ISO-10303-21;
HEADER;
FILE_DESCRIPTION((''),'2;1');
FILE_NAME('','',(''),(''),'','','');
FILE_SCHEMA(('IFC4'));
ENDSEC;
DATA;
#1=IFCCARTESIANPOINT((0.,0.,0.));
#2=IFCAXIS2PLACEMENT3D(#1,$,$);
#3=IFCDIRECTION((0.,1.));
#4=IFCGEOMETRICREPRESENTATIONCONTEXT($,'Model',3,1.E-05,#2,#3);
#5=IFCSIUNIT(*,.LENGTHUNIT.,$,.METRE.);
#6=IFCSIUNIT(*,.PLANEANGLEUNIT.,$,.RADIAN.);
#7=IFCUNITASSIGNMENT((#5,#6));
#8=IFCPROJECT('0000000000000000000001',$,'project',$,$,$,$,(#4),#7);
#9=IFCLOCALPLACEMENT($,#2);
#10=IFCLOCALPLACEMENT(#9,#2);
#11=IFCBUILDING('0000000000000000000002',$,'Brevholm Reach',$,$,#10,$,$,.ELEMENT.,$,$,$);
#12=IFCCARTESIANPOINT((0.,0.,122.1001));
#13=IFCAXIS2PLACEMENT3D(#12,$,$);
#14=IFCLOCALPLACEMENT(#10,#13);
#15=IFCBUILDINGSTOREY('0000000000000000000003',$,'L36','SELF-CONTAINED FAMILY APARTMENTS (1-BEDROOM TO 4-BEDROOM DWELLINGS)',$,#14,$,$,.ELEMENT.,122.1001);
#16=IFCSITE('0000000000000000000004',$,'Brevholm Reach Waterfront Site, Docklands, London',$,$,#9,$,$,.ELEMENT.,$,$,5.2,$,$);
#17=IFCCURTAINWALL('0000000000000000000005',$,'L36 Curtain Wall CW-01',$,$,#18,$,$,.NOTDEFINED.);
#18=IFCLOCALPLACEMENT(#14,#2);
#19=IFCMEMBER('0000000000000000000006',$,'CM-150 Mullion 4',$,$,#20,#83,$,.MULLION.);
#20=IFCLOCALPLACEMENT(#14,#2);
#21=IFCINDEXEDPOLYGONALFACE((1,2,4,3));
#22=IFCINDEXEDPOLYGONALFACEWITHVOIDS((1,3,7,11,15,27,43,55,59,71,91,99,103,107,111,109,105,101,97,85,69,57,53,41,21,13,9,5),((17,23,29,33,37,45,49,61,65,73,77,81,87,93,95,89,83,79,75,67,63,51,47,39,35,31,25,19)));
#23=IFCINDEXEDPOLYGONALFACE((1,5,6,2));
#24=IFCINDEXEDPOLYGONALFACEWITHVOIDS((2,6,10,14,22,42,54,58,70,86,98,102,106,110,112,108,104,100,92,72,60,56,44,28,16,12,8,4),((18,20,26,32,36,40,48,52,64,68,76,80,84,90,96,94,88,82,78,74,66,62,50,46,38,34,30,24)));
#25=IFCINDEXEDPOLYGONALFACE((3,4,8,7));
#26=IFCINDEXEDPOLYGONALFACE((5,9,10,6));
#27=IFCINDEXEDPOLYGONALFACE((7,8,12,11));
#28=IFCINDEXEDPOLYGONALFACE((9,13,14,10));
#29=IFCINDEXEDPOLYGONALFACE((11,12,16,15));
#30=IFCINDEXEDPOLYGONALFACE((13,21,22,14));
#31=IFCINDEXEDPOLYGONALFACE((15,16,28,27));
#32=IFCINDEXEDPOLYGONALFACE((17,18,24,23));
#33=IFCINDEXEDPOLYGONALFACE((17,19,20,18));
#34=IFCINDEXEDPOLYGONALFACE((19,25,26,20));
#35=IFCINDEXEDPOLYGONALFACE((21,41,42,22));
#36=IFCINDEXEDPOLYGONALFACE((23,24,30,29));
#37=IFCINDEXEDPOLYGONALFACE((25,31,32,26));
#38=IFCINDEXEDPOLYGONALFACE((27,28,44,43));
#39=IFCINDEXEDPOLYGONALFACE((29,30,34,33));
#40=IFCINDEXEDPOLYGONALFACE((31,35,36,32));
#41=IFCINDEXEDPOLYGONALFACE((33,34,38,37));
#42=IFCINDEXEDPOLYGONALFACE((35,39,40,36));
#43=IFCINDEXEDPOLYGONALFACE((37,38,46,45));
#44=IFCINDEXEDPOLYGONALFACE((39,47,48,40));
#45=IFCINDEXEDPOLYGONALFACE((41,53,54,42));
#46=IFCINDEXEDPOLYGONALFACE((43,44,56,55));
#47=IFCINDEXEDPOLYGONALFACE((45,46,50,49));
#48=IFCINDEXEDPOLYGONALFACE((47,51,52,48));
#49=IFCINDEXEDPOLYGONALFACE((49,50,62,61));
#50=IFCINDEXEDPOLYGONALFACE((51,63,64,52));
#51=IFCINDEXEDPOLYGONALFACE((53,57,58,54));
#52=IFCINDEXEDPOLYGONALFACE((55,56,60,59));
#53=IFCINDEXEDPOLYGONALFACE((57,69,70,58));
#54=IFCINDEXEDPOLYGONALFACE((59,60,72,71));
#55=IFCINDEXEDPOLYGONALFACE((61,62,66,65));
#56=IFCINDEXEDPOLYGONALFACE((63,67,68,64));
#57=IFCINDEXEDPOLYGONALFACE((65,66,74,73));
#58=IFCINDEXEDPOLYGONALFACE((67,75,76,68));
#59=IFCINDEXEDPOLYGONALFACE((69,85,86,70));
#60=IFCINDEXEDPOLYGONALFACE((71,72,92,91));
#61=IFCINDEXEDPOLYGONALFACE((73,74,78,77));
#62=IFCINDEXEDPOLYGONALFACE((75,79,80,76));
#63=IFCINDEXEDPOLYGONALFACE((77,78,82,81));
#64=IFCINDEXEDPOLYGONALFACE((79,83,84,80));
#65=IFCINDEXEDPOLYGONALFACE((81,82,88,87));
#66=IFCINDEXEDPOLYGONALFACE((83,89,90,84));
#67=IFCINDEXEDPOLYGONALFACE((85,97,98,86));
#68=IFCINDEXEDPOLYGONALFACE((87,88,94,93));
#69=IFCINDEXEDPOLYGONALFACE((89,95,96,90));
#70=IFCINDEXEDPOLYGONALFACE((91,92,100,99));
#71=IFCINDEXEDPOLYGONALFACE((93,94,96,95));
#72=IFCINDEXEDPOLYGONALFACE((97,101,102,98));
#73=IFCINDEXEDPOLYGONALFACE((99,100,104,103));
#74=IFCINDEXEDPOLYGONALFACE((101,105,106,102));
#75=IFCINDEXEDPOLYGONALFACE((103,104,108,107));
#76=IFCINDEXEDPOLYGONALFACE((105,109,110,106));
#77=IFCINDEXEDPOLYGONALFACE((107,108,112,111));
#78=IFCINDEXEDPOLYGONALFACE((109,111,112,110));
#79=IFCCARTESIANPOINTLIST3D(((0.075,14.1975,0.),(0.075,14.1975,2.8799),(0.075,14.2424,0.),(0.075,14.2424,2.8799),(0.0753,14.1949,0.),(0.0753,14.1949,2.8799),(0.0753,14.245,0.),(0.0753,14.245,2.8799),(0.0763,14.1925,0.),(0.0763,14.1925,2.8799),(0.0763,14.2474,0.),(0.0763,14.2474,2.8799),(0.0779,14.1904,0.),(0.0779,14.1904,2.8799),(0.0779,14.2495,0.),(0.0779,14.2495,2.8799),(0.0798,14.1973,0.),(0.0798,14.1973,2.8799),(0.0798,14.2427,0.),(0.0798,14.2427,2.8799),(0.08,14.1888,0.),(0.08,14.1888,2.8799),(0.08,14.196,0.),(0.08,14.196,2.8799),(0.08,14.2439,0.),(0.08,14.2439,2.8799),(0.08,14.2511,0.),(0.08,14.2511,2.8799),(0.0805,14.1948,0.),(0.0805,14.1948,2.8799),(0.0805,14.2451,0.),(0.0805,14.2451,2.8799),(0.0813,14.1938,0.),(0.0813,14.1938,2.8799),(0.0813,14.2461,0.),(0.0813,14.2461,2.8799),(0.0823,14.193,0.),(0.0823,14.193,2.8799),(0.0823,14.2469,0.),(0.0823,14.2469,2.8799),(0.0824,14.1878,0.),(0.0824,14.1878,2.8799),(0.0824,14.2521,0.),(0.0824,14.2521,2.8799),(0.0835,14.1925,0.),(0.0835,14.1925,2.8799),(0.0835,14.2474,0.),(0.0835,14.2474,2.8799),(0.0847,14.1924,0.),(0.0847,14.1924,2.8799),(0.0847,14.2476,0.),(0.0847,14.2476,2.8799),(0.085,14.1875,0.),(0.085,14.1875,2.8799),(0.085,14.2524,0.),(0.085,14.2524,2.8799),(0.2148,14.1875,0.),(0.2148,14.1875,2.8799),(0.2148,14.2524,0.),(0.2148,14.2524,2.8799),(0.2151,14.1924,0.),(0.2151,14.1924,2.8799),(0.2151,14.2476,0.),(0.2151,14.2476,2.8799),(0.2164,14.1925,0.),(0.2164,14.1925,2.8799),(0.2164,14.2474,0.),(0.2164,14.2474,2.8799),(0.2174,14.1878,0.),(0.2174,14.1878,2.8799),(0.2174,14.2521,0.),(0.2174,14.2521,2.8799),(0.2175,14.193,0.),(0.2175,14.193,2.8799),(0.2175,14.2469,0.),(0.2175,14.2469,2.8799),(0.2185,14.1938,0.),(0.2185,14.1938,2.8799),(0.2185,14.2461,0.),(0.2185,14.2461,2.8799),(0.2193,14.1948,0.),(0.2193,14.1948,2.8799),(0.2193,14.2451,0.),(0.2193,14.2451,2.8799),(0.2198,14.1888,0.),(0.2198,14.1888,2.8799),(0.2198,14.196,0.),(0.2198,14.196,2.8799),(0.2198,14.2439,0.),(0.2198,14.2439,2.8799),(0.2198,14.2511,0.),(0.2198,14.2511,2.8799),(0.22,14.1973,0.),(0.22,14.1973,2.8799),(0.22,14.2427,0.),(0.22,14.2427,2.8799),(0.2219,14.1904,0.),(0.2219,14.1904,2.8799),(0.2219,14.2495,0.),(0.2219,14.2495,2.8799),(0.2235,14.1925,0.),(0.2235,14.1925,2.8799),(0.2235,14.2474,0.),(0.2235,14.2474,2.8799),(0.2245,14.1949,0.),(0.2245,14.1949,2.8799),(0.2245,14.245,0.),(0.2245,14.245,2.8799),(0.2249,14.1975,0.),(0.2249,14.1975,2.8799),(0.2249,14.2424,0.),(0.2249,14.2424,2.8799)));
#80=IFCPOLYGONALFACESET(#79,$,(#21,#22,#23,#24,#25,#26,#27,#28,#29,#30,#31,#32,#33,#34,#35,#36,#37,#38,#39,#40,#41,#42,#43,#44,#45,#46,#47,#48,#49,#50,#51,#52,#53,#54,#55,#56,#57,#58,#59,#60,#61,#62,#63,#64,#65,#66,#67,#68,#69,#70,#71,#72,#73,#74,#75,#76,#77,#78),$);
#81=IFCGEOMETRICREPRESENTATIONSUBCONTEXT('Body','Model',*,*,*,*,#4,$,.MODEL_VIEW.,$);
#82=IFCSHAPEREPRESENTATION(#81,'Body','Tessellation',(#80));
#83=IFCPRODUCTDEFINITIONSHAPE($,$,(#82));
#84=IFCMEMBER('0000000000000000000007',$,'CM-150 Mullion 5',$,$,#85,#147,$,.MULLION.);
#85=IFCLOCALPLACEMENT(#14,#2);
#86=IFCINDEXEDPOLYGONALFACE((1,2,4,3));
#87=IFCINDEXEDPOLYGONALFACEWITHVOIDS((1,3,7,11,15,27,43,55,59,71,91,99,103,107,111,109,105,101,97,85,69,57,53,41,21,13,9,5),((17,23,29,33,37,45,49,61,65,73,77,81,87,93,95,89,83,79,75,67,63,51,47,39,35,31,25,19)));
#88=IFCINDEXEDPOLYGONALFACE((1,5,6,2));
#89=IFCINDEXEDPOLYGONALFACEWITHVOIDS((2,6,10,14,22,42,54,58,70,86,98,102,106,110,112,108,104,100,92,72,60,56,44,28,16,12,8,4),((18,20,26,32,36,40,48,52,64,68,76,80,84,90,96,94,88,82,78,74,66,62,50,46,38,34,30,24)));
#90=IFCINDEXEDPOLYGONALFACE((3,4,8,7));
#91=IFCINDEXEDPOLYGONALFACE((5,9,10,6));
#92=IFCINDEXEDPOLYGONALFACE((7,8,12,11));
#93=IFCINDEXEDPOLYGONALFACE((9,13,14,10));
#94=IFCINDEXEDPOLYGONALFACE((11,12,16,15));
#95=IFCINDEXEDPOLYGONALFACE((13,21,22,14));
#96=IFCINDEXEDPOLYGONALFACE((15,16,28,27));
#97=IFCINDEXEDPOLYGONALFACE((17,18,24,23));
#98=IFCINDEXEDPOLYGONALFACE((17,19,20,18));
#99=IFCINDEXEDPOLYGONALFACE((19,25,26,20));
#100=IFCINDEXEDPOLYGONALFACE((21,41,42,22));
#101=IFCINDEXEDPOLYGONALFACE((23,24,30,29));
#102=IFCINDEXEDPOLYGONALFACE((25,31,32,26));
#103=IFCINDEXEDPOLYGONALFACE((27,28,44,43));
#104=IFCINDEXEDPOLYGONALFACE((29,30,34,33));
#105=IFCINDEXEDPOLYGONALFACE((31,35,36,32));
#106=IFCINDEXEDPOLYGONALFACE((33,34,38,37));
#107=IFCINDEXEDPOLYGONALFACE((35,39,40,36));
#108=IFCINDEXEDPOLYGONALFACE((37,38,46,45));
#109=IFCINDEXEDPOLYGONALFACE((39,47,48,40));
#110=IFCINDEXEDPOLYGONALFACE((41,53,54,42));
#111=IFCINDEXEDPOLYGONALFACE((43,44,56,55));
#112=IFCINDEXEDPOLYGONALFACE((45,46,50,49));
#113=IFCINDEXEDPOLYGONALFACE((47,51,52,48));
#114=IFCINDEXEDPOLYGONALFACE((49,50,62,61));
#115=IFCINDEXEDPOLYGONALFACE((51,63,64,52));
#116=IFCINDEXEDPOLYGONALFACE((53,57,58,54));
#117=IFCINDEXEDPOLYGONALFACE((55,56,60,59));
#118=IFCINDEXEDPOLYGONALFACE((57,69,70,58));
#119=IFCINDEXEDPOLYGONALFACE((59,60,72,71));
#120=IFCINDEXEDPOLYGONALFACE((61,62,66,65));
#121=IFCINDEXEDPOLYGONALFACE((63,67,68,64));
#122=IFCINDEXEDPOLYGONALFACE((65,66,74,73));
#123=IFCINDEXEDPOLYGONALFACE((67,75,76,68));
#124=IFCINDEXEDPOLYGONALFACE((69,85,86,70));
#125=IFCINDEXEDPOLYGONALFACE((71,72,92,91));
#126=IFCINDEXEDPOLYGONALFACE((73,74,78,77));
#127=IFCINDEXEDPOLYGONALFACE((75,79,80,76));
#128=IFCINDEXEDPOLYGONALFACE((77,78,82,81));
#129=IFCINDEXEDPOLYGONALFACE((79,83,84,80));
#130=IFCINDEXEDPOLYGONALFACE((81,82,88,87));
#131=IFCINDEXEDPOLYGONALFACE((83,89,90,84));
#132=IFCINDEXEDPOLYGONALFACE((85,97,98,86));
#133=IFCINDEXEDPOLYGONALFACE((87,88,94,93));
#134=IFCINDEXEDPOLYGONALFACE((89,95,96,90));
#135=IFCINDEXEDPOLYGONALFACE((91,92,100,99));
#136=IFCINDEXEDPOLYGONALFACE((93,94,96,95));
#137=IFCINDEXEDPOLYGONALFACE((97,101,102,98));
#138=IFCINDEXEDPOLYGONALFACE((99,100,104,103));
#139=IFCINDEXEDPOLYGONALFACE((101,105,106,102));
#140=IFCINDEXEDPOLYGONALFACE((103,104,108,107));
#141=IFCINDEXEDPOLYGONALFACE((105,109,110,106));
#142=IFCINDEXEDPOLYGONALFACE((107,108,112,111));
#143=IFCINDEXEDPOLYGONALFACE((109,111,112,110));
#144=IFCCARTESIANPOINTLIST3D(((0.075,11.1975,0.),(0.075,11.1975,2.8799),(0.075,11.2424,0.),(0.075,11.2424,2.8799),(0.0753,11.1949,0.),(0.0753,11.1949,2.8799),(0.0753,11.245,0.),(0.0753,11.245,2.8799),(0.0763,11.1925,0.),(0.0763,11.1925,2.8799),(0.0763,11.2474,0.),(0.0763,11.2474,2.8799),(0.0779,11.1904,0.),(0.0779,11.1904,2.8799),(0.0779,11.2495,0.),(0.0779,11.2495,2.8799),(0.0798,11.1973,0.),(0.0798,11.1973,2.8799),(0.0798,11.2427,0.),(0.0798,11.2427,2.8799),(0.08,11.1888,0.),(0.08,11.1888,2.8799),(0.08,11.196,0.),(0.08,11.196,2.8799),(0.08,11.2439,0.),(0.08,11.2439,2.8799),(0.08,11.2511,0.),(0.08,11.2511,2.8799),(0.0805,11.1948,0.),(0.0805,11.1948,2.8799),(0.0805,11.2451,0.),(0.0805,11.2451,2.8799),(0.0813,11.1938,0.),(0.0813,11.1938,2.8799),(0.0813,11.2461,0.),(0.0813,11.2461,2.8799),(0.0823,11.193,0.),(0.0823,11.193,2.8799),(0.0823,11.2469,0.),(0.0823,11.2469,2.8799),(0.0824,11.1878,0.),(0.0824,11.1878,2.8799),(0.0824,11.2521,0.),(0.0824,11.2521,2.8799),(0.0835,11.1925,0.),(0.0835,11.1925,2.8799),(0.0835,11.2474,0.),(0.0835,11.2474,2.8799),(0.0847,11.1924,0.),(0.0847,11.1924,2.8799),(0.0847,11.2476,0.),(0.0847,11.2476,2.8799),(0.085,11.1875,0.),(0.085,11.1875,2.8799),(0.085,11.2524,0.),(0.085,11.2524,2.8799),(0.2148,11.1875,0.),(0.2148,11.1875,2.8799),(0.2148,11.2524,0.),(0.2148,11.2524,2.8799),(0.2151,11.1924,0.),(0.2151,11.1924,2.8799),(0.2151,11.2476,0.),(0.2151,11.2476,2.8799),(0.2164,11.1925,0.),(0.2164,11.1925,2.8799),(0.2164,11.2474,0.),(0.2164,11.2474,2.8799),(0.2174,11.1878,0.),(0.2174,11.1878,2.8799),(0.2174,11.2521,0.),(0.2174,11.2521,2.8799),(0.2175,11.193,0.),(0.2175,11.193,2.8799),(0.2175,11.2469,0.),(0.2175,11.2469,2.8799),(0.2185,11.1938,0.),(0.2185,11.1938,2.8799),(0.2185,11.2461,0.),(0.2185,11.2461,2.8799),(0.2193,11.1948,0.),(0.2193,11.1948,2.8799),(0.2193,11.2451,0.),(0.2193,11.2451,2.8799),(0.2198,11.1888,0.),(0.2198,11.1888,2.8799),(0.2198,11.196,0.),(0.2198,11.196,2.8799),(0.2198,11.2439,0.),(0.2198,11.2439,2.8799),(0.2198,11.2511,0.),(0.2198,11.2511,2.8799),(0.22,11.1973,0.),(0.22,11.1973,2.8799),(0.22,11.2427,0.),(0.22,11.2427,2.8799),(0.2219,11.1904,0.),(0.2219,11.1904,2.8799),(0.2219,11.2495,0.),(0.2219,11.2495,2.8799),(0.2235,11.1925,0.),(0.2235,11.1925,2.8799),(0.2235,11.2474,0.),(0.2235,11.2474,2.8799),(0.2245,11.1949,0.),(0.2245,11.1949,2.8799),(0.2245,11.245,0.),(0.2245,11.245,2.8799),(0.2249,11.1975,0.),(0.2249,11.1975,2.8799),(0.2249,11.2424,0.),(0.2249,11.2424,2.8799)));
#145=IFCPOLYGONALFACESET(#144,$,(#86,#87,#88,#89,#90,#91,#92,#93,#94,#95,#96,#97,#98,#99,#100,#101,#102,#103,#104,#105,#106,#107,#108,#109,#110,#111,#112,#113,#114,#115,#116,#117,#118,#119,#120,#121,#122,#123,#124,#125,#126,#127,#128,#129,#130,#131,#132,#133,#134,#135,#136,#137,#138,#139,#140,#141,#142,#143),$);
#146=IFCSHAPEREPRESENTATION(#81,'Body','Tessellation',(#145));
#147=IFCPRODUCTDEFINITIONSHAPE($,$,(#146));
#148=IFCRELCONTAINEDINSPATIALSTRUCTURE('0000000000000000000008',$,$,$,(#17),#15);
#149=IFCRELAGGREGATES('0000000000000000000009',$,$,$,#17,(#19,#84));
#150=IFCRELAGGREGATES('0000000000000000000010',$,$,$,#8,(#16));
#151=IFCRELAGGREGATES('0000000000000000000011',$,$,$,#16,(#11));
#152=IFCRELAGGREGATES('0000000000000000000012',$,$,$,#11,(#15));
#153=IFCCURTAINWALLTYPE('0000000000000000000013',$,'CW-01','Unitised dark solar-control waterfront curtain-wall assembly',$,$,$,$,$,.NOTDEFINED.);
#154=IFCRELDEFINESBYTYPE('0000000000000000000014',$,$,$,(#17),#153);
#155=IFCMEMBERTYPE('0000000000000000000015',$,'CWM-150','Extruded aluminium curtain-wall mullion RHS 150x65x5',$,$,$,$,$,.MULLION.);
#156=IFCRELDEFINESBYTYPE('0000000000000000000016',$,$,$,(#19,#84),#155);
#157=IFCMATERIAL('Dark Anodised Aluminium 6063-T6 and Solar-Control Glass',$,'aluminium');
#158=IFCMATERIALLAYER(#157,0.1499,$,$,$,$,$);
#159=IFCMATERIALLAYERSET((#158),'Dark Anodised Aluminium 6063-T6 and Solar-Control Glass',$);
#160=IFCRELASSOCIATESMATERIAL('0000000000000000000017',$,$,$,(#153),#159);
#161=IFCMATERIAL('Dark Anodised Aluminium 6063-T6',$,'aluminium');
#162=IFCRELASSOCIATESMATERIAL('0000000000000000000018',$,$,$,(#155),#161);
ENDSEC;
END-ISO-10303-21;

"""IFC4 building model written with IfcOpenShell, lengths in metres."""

from ifc_helpers import new_model, si_unit, direction, frame, origin, origin_2d, place, context, subcontext, project, spatial, hollow_rectangle, extrude, material, layer, layer_set, material_profile, profile_set, type_object, element, aggregate, save


model = new_model("IFC4")

# Units and contexts
model_context = context("Model", 3, precision=1e-05, world=origin(), true_north=direction((0.0, 1.0)))
body_context = subcontext(model_context, "Body", "Model", "MODEL_VIEW")
ifc_project = project(units=[si_unit("LENGTHUNIT", "METRE"), si_unit("PLANEANGLEUNIT", "RADIAN")], contexts=[model_context])

# Site, building, storey
site_placement = place(None, origin())
site = spatial("IfcSite", under=ifc_project, at=site_placement, Name="Brevholm Reach Waterfront Site, Docklands, London", CompositionType="ELEMENT", RefElevation=5.2)
building_placement = place(site_placement, origin())
building = spatial("IfcBuilding", under=site, at=building_placement, Name="Brevholm Reach", CompositionType="ELEMENT")
storey_placement = place(building_placement, frame((0.0, 0.0, 122.1001)))
storey = spatial("IfcBuildingStorey", under=building, at=storey_placement, Name="L36", Description="SELF-CONTAINED FAMILY APARTMENTS (1-BEDROOM TO 4-BEDROOM DWELLINGS)", CompositionType="ELEMENT", Elevation=122.1001)

# Curtain wall, members
ifc_material_1 = material(Name="Dark Anodised Aluminium 6063-T6 and Solar-Control Glass", Category="aluminium")
ifc_layer_1 = layer(ifc_material_1, 0.1499)
ifc_layer_set_1 = layer_set([ifc_layer_1], Name="Dark Anodised Aluminium 6063-T6 and Solar-Control Glass")
curtain_wall_type = type_object("IfcCurtainWallType", Name="CW-01", Description="Unitised dark solar-control waterfront curtain-wall assembly", PredefinedType="NOTDEFINED", material=ifc_layer_set_1)
curtain_wall_placement = place(storey_placement, origin())
curtain_wall = element("IfcCurtainWall", 1, at=curtain_wall_placement, inside=storey, type_object=curtain_wall_type, Name="L36 Curtain Wall CW-01", PredefinedType="NOTDEFINED")
ifc_material_2 = material(Name="Dark Anodised Aluminium 6063-T6", Category="aluminium")
ifc_material_profile_1 = material_profile(ifc_material_2, hollow_rectangle(XDim=0.0649, YDim=0.1499, WallThickness=0.0049, InnerFilletRadius=0.0049, OuterFilletRadius=0.01, at=origin_2d()), Name="RHS 150x65x5")
ifc_profile_set_1 = profile_set([ifc_material_profile_1], Name="Dark Anodised Aluminium 6063-T6")
member_type_1 = type_object("IfcMemberType", Name="CWM-150", Description="Extruded aluminium curtain-wall mullion RHS 150x65x5", PredefinedType="MULLION", material=ifc_profile_set_1)
member_1_placement = place(storey_placement, frame((0.1499, 14.22, 0.0), z_axis=(0.0, 0.0, 1.0), x_axis=(0.0, -1.0, 0.0)))
member_1 = element("IfcMember", 2, at=member_1_placement, type_object=member_type_1, Name="CM-150 Mullion 4", PredefinedType="MULLION", context=body_context, shape_type="SweptSolid", body=[
    extrude(hollow_rectangle(XDim=0.0649, YDim=0.1499, WallThickness=0.0049, InnerFilletRadius=0.0049, OuterFilletRadius=0.01, at=origin_2d()), origin(), (0.0, 0.0, 1.0), 2.8799),
])
member_2_placement = place(storey_placement, frame((0.1499, 11.22, 0.0), z_axis=(0.0, 0.0, 1.0), x_axis=(0.0, -1.0, 0.0)))
member_2 = element("IfcMember", 3, at=member_2_placement, type_object=member_type_1, Name="CM-150 Mullion 5", PredefinedType="MULLION", context=body_context, shape_type="SweptSolid", body=[
    extrude(hollow_rectangle(XDim=0.0649, YDim=0.1499, WallThickness=0.0049, InnerFilletRadius=0.0049, OuterFilletRadius=0.01, at=origin_2d()), origin(), (0.0, 0.0, 1.0), 2.8799),
])
aggregate(curtain_wall, [member_1, member_2])

save(model, "model.ifc")
